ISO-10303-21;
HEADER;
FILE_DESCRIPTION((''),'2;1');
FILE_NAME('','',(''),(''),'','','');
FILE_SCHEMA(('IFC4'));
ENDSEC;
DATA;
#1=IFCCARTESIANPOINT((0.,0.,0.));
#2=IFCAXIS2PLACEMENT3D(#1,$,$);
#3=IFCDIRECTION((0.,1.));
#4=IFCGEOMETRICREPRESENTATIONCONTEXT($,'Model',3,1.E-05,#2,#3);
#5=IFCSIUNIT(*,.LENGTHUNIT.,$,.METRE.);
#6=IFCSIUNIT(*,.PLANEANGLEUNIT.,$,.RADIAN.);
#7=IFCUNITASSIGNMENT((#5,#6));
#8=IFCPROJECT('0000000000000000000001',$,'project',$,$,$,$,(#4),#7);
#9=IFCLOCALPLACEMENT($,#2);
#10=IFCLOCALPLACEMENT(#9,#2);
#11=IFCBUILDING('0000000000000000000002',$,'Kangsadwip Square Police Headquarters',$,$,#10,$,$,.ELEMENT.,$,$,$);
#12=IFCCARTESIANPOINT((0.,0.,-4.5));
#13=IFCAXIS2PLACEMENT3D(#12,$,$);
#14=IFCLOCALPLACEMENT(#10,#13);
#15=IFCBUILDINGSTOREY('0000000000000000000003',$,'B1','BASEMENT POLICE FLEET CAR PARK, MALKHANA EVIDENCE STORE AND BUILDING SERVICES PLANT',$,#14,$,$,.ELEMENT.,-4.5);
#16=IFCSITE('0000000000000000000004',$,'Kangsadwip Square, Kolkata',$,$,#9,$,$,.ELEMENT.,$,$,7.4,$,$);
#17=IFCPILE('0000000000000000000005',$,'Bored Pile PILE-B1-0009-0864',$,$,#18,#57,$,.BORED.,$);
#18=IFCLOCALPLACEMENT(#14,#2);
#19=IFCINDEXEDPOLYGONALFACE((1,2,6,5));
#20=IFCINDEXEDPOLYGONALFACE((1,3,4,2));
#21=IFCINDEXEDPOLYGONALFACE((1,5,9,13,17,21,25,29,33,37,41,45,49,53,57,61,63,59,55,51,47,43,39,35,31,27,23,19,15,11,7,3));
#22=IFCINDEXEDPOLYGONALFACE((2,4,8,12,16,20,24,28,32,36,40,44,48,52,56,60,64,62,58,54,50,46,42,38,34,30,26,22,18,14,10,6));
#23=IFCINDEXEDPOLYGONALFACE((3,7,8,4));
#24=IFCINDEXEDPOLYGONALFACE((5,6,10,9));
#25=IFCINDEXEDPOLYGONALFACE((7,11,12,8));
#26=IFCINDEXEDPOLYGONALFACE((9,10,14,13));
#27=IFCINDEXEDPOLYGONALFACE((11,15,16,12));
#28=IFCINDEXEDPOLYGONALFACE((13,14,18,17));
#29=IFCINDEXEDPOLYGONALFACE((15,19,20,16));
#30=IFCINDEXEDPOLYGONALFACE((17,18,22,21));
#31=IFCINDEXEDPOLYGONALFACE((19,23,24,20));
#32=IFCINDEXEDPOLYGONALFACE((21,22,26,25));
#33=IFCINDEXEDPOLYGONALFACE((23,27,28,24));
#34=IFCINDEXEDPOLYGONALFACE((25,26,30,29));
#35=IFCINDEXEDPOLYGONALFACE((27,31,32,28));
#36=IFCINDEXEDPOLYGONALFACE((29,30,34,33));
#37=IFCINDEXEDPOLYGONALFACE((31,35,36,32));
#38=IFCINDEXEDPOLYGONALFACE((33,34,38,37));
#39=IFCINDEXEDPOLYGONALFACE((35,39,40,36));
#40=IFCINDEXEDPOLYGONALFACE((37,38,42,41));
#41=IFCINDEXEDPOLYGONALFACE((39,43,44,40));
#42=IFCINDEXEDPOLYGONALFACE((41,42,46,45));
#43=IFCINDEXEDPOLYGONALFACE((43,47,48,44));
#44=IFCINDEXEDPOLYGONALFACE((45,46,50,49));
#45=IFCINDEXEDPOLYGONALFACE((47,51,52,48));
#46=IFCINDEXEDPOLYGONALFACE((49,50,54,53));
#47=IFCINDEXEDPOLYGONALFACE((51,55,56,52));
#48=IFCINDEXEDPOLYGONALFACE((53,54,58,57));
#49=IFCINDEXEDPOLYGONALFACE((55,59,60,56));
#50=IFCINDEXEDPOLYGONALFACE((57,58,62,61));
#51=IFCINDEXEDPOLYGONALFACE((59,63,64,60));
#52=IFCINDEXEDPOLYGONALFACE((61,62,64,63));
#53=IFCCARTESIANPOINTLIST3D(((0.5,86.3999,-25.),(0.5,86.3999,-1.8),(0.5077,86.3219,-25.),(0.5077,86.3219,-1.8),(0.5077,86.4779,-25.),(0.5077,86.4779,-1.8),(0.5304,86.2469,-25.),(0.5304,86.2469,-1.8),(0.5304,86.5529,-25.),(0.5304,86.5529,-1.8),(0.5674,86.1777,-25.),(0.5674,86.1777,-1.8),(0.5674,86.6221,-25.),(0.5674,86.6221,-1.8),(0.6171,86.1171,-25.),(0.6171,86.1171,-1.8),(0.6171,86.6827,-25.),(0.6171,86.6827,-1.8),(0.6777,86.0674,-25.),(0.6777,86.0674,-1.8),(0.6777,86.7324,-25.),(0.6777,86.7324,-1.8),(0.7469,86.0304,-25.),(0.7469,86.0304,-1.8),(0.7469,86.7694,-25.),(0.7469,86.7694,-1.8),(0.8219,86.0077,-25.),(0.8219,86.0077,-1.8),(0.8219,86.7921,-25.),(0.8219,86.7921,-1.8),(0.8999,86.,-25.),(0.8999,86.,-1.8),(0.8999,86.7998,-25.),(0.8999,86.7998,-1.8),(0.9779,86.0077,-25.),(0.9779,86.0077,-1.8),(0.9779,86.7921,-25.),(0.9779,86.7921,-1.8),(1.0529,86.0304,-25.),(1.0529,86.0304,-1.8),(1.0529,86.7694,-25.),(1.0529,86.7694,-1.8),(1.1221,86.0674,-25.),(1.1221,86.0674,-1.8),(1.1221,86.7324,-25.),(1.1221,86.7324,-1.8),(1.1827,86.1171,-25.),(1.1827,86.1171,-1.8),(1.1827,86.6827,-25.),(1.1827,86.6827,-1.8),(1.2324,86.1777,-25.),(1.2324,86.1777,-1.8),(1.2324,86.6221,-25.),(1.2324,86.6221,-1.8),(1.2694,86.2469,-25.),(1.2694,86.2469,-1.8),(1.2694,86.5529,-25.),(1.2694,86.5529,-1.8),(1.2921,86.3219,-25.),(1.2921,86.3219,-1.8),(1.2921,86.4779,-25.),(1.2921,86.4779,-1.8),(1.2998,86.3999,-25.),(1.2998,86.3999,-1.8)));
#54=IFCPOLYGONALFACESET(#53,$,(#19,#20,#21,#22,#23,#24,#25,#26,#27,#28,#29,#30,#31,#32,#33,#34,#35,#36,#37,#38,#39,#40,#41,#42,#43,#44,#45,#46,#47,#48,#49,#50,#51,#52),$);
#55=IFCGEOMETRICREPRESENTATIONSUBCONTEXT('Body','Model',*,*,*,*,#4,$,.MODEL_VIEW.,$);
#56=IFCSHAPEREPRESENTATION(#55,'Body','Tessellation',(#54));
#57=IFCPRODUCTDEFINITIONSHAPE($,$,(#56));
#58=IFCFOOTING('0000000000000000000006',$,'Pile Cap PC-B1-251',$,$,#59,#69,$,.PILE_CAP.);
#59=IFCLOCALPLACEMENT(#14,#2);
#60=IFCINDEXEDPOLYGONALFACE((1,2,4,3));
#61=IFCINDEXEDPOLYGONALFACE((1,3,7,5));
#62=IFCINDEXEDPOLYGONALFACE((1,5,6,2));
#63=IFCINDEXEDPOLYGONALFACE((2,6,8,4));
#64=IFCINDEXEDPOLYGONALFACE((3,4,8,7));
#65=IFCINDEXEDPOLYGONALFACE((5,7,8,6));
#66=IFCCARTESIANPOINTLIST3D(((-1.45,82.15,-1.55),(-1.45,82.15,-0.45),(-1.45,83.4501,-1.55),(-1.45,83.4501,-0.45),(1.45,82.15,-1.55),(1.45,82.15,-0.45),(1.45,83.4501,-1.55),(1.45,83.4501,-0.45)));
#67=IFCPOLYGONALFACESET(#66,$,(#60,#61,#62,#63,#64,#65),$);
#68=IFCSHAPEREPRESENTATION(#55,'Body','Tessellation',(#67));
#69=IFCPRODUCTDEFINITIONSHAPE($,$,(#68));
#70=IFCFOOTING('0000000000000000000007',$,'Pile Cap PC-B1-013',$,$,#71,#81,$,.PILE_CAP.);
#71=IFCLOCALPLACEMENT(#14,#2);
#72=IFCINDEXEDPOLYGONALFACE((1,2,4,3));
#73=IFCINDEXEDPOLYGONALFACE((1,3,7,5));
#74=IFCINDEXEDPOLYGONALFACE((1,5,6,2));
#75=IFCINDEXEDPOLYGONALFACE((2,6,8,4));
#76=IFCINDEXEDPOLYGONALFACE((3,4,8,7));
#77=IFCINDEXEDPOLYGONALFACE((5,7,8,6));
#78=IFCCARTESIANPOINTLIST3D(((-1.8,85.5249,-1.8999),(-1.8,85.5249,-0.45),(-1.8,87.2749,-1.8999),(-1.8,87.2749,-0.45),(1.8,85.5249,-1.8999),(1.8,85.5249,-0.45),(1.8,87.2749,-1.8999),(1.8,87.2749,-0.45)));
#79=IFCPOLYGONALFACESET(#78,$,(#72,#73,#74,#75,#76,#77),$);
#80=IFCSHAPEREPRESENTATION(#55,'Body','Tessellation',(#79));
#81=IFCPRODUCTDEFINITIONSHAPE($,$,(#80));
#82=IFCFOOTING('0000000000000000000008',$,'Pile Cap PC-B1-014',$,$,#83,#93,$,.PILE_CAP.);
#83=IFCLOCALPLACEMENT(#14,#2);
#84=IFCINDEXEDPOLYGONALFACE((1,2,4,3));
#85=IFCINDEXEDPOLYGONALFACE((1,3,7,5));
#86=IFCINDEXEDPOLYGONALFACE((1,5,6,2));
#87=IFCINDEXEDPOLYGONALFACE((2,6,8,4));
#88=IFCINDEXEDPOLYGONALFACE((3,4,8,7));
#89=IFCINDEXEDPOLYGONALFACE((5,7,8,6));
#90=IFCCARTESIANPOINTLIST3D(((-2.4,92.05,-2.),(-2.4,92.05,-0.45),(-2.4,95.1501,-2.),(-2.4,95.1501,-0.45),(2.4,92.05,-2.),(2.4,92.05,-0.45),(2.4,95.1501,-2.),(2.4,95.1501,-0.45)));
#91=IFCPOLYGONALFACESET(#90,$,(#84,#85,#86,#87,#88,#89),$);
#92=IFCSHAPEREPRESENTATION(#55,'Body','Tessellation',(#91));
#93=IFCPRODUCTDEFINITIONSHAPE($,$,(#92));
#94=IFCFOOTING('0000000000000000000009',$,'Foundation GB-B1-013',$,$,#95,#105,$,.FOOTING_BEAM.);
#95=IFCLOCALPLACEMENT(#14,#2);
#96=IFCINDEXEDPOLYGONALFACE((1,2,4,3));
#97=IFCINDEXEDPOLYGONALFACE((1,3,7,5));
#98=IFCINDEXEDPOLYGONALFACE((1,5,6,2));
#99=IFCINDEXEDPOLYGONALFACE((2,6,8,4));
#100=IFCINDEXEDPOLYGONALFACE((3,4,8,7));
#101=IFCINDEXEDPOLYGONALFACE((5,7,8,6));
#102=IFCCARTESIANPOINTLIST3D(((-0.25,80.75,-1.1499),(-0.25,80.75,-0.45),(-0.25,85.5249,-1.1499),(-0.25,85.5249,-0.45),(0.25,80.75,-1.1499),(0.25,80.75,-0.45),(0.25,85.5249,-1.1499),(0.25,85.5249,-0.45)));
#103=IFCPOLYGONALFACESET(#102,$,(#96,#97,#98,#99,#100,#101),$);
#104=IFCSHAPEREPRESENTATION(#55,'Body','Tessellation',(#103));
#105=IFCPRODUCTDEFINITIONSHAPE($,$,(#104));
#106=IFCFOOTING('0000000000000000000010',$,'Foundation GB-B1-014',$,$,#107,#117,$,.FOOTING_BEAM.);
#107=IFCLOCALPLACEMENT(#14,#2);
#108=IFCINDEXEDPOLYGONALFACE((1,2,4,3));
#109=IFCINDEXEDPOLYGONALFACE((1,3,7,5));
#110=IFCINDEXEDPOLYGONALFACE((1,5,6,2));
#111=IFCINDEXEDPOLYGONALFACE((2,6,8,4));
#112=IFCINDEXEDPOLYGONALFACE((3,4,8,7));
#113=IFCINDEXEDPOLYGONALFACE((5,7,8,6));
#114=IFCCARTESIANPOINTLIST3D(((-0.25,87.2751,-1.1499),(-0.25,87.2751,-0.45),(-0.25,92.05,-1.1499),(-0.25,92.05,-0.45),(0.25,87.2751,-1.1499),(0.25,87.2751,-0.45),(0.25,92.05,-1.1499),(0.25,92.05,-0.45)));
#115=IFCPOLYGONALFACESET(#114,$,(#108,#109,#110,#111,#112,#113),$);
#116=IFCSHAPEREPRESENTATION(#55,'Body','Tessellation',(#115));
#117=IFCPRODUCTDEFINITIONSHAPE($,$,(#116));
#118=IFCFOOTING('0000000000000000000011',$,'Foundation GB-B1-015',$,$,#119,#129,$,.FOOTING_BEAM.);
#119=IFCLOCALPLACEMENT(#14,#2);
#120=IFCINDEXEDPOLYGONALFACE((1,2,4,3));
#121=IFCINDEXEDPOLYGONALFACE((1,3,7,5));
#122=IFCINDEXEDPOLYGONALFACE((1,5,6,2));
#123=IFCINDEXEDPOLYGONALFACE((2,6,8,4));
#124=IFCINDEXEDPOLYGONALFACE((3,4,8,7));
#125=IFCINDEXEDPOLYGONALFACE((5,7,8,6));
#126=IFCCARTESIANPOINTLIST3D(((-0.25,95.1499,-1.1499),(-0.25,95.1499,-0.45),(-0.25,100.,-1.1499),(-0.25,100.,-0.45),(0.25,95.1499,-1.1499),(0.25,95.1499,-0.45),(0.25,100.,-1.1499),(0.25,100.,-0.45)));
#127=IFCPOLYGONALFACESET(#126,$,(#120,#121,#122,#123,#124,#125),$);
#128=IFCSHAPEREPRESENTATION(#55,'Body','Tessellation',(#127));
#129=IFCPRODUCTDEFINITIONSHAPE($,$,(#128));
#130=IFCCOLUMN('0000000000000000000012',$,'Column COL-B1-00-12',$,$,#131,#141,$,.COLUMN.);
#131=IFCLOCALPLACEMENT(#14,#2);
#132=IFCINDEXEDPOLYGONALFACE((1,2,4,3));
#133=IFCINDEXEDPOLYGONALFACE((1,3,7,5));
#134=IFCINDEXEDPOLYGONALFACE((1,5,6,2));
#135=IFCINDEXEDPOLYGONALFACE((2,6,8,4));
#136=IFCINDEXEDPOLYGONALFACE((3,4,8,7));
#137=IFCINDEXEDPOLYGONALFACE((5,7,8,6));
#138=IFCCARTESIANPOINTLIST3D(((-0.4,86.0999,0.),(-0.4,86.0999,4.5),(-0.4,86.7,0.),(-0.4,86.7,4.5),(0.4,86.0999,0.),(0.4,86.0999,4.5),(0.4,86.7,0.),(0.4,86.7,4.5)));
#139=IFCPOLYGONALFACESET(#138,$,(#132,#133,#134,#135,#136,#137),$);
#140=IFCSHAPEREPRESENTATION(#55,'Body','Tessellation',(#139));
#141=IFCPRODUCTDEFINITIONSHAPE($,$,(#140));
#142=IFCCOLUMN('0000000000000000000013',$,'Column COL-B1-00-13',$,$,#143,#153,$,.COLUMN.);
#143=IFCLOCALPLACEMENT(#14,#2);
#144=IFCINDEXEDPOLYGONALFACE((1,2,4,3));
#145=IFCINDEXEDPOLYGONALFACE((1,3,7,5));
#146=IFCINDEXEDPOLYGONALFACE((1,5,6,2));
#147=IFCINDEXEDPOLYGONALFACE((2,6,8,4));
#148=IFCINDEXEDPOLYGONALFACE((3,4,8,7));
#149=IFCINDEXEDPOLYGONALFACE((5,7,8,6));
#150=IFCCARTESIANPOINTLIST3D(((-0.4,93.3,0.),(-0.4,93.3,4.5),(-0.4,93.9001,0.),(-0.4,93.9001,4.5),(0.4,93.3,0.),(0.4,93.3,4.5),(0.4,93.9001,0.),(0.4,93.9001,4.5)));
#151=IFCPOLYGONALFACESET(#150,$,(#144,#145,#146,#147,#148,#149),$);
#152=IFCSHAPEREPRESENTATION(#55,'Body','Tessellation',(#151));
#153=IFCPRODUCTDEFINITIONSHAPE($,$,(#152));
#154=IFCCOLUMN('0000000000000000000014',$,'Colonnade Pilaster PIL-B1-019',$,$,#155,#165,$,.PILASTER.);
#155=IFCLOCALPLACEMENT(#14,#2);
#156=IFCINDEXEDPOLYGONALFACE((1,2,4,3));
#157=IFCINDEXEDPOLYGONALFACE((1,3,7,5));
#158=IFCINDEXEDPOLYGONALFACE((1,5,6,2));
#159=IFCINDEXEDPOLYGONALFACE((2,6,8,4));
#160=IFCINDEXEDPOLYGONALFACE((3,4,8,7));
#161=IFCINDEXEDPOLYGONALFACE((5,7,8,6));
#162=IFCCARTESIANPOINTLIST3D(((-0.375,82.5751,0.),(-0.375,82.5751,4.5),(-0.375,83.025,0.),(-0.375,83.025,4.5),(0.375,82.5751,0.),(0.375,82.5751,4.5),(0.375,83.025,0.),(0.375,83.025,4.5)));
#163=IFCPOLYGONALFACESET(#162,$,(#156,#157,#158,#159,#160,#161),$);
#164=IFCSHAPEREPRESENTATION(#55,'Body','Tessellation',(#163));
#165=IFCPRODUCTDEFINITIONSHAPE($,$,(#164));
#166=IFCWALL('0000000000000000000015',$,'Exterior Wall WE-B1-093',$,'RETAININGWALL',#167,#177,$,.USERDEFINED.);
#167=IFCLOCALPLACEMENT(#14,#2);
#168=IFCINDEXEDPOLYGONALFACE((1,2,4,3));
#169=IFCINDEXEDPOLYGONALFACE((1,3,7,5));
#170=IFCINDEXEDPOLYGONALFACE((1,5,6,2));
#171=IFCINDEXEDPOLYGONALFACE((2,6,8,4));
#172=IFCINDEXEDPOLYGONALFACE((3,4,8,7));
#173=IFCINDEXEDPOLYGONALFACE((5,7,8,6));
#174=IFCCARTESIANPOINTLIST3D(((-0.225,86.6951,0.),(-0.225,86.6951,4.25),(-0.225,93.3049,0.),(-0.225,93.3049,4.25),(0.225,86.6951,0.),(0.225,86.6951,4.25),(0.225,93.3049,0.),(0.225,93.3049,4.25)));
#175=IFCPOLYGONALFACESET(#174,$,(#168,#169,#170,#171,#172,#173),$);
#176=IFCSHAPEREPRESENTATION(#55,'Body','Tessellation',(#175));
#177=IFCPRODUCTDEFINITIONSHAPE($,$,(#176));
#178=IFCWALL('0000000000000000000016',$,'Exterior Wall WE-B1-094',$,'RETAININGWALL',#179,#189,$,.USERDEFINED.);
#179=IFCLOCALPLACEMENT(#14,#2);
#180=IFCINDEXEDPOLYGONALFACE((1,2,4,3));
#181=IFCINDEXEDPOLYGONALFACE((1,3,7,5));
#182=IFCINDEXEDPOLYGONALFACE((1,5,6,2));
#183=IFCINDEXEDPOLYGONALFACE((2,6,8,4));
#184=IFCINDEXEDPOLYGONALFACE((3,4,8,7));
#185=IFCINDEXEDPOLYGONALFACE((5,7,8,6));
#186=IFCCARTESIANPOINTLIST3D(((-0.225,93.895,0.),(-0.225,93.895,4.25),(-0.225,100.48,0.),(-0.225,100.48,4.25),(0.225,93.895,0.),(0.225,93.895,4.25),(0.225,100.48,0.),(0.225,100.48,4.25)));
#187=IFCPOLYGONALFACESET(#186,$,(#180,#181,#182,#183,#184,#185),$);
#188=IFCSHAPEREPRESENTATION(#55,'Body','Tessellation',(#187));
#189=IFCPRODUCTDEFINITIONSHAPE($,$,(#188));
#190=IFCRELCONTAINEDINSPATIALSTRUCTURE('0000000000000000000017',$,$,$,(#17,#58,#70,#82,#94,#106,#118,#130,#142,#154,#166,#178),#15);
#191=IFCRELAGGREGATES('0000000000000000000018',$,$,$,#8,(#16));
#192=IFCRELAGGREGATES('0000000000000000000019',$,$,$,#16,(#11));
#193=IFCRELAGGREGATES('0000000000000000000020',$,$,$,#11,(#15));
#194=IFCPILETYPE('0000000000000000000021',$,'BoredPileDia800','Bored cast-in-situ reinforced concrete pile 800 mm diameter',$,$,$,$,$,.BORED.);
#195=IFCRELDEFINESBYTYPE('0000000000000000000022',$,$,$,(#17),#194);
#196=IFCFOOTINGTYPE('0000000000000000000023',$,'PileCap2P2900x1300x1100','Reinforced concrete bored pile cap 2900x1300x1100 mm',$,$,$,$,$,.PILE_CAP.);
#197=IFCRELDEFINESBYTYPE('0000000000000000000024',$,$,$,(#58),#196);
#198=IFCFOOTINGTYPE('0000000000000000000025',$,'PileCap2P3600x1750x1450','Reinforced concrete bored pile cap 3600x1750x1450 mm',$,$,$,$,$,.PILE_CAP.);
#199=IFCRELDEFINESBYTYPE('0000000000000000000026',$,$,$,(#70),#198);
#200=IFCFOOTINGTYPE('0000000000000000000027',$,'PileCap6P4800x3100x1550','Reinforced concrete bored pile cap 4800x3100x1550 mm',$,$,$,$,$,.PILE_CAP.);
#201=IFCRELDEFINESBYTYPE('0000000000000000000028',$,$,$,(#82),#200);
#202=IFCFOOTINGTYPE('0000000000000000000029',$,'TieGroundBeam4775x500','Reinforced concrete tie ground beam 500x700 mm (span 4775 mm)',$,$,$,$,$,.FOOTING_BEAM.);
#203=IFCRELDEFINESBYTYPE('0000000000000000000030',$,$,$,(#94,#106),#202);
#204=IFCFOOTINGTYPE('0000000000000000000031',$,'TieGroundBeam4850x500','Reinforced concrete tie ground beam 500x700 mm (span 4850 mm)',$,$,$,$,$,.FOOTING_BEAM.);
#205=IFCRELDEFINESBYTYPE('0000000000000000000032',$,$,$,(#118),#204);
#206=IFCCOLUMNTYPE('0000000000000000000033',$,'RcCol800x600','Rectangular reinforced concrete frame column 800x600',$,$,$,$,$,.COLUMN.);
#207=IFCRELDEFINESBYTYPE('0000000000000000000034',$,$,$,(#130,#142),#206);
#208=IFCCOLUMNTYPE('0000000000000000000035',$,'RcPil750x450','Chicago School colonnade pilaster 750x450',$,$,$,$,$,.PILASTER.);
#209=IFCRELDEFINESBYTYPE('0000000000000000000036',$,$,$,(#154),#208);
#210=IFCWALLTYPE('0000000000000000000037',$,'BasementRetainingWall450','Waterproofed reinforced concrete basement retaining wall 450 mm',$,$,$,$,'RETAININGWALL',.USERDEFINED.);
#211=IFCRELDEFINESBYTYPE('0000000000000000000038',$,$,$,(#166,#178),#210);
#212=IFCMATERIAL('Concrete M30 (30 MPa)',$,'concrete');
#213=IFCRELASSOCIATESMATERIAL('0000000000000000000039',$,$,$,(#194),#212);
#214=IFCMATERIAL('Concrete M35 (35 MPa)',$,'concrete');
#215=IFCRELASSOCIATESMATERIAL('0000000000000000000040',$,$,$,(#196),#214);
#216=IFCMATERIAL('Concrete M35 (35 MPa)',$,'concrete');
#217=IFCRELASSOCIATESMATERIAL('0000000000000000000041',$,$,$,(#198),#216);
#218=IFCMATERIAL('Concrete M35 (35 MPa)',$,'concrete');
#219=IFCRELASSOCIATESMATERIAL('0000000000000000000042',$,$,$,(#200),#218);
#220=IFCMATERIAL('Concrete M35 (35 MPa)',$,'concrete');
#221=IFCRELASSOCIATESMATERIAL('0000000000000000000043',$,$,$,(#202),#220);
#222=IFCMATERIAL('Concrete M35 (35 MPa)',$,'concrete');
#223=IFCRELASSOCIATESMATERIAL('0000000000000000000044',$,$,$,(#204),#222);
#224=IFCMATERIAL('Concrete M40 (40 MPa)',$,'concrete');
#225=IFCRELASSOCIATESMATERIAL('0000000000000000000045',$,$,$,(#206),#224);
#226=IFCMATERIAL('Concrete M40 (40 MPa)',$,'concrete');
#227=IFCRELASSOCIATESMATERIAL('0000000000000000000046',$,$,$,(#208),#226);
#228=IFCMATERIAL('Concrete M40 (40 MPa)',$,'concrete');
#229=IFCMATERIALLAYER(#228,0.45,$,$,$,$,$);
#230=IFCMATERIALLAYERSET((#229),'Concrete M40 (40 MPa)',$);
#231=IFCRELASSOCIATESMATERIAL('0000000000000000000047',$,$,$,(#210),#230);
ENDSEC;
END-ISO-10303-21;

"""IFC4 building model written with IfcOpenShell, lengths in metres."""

from ifc_helpers import new_model, si_unit, direction, frame, frame_2d, origin, origin_2d, place, context, subcontext, project, spatial, rectangle, circle, extrude, material, layer, layer_set, material_profile, profile_set, type_object, element, save


model = new_model("IFC4")

# Units and contexts
model_context = context("Model", 3, precision=1e-05, world=origin(), true_north=direction((0.0, 1.0)))
body_context = subcontext(model_context, "Body", "Model", "MODEL_VIEW")
ifc_project = project(units=[si_unit("LENGTHUNIT", "METRE"), si_unit("PLANEANGLEUNIT", "RADIAN")], contexts=[model_context])

# Site, building, storey
site_placement = place(None, origin())
site = spatial("IfcSite", under=ifc_project, at=site_placement, Name="Kangsadwip Square, Kolkata", CompositionType="ELEMENT", RefElevation=7.4)
building_placement = place(site_placement, origin())
building = spatial("IfcBuilding", under=site, at=building_placement, Name="Kangsadwip Square Police Headquarters", CompositionType="ELEMENT")
storey_placement = place(building_placement, frame((0.0, 0.0, -4.5)))
storey = spatial("IfcBuildingStorey", under=building, at=storey_placement, Name="B1", Description="BASEMENT POLICE FLEET CAR PARK, MALKHANA EVIDENCE STORE AND BUILDING SERVICES PLANT", CompositionType="ELEMENT", Elevation=-4.5)

# Pile
ifc_material_1 = material(Name="Concrete M30 (30 MPa)", Category="concrete")
ifc_material_profile_1 = material_profile(ifc_material_1, circle(Radius=0.3999, at=origin_2d()), Name="PILE DIA 800")
ifc_profile_set_1 = profile_set([ifc_material_profile_1], Name="Concrete M30 (30 MPa)")
pile_type_1 = type_object("IfcPileType", Name="BoredPileDia800", Description="Bored cast-in-situ reinforced concrete pile 800 mm diameter", PredefinedType="BORED", material=ifc_profile_set_1)
for number, where, z_axis, x_axis, name in (
    (1, (0.8999, 86.3999, -1.8), (0.0, 0.0, -1.0), (1.0, 0.0, 0.0), "Bored Pile PILE-B1-0009-0864"),
):
    element("IfcPile", number, at=place(storey_placement, frame(where, z_axis=z_axis, x_axis=x_axis)), inside=storey, type_object=pile_type_1, Name=name, PredefinedType="BORED", context=body_context, shape_type="SweptSolid", body=[
        extrude(circle(Radius=0.3999, at=origin_2d()), origin(), (0.0, 0.0, 1.0), 23.2),
    ])

# Footings
ifc_material_2 = material(Name="Concrete M35 (35 MPa)", Category="concrete")
footing_type_1 = type_object("IfcFootingType", Name="PileCap2P2900x1300x1100", Description="Reinforced concrete bored pile cap 2900x1300x1100 mm", PredefinedType="PILE_CAP", material=ifc_material_2)
footing_1_placement = place(storey_placement, frame((0.0, 82.8, -1.55), z_axis=(0.0, 0.0, 1.0), x_axis=(1.0, 0.0, 0.0)))
element("IfcFooting", 2, at=footing_1_placement, inside=storey, type_object=footing_type_1, Name="Pile Cap PC-B1-251", PredefinedType="PILE_CAP", context=body_context, shape_type="SweptSolid", body=[
    extrude(rectangle(XDim=2.8999, YDim=1.3, at=origin_2d()), origin(), (0.0, 0.0, 1.0), 1.1001),
])
ifc_material_3 = material(Name="Concrete M35 (35 MPa)", Category="concrete")
footing_type_2 = type_object("IfcFootingType", Name="PileCap2P3600x1750x1450", Description="Reinforced concrete bored pile cap 3600x1750x1450 mm", PredefinedType="PILE_CAP", material=ifc_material_3)
footing_2_placement = place(storey_placement, frame((0.0, 86.3999, -1.8999), z_axis=(0.0, 0.0, 1.0), x_axis=(1.0, 0.0, 0.0)))
element("IfcFooting", 3, at=footing_2_placement, inside=storey, type_object=footing_type_2, Name="Pile Cap PC-B1-013", PredefinedType="PILE_CAP", context=body_context, shape_type="SweptSolid", body=[
    extrude(rectangle(XDim=3.6001, YDim=1.75, at=origin_2d()), origin(), (0.0, 0.0, 1.0), 1.45),
])
ifc_material_4 = material(Name="Concrete M35 (35 MPa)", Category="concrete")
footing_type_3 = type_object("IfcFootingType", Name="PileCap6P4800x3100x1550", Description="Reinforced concrete bored pile cap 4800x3100x1550 mm", PredefinedType="PILE_CAP", material=ifc_material_4)
footing_3_placement = place(storey_placement, frame((0.0, 93.6001, -2.0), z_axis=(0.0, 0.0, 1.0), x_axis=(1.0, 0.0, 0.0)))
element("IfcFooting", 4, at=footing_3_placement, inside=storey, type_object=footing_type_3, Name="Pile Cap PC-B1-014", PredefinedType="PILE_CAP", context=body_context, shape_type="SweptSolid", body=[
    extrude(rectangle(XDim=4.8, YDim=3.1001, at=origin_2d()), origin(), (0.0, 0.0, 1.0), 1.55),
])
ifc_material_5 = material(Name="Concrete M35 (35 MPa)", Category="concrete")
footing_type_4 = type_object("IfcFootingType", Name="TieGroundBeam4775x500", Description="Reinforced concrete tie ground beam 500x700 mm (span 4775 mm)", PredefinedType="FOOTING_BEAM", material=ifc_material_5)
for number, where, z_axis, x_axis, name in (
    (5, (0.0, 83.1375, -1.1499), (0.0, 0.0, 1.0), (0.0, 1.0, 0.0), "Foundation GB-B1-013"),
    (6, (0.0, 89.6626, -1.1499), (0.0, 0.0, 1.0), (0.0, 1.0, 0.0), "Foundation GB-B1-014"),
):
    element("IfcFooting", number, at=place(storey_placement, frame(where, z_axis=z_axis, x_axis=x_axis)), inside=storey, type_object=footing_type_4, Name=name, PredefinedType="FOOTING_BEAM", context=body_context, shape_type="SweptSolid", body=[
        extrude(rectangle(XDim=4.7749, YDim=0.5, at=origin_2d()), origin(), (0.0, 0.0, 1.0), 0.7),
    ])
ifc_material_6 = material(Name="Concrete M35 (35 MPa)", Category="concrete")
footing_type_5 = type_object("IfcFootingType", Name="TieGroundBeam4850x500", Description="Reinforced concrete tie ground beam 500x700 mm (span 4850 mm)", PredefinedType="FOOTING_BEAM", material=ifc_material_6)
footing_4_placement = place(storey_placement, frame((0.0, 97.575, -1.1499), z_axis=(0.0, 0.0, 1.0), x_axis=(0.0, 1.0, 0.0)))
element("IfcFooting", 7, at=footing_4_placement, inside=storey, type_object=footing_type_5, Name="Foundation GB-B1-015", PredefinedType="FOOTING_BEAM", context=body_context, shape_type="SweptSolid", body=[
    extrude(rectangle(XDim=4.8501, YDim=0.5, at=origin_2d()), origin(), (0.0, 0.0, 1.0), 0.7),
])

# Columns
ifc_material_7 = material(Name="Concrete M40 (40 MPa)", Category="concrete")
ifc_material_profile_2 = material_profile(ifc_material_7, rectangle(XDim=0.6001, YDim=0.8, at=origin_2d()), Name="RC COL 800X600")
ifc_profile_set_2 = profile_set([ifc_material_profile_2], Name="Concrete M40 (40 MPa)")
column_type_1 = type_object("IfcColumnType", Name="RcCol800x600", Description="Rectangular reinforced concrete frame column 800x600", PredefinedType="COLUMN", material=ifc_profile_set_2)
for number, where, z_axis, x_axis, name in (
    (8, (0.0, 86.3999, 0.0), (0.0, 0.0, 1.0), (0.0, 1.0, 0.0), "Column COL-B1-00-12"),
    (9, (0.0, 93.6001, 0.0), (0.0, 0.0, 1.0), (0.0, 1.0, 0.0), "Column COL-B1-00-13"),
):
    element("IfcColumn", number, at=place(storey_placement, frame(where, z_axis=z_axis, x_axis=x_axis)), inside=storey, type_object=column_type_1, Name=name, PredefinedType="COLUMN", context=body_context, shape_type="SweptSolid", body=[
        extrude(rectangle(XDim=0.6001, YDim=0.8, at=origin_2d()), origin(), (0.0, 0.0, 1.0), 4.5),
    ])
ifc_material_8 = material(Name="Concrete M40 (40 MPa)", Category="concrete")
ifc_material_profile_3 = material_profile(ifc_material_8, rectangle(XDim=0.45, YDim=0.75, at=origin_2d()), Name="RC PIL 750X450")
ifc_profile_set_3 = profile_set([ifc_material_profile_3], Name="Concrete M40 (40 MPa)")
column_type_2 = type_object("IfcColumnType", Name="RcPil750x450", Description="Chicago School colonnade pilaster 750x450", PredefinedType="PILASTER", material=ifc_profile_set_3)
column_placement = place(storey_placement, frame((0.0, 82.8, 0.0), z_axis=(0.0, 0.0, 1.0), x_axis=(0.0, 1.0, 0.0)))
element("IfcColumn", 10, at=column_placement, inside=storey, type_object=column_type_2, Name="Colonnade Pilaster PIL-B1-019", PredefinedType="PILASTER", context=body_context, shape_type="SweptSolid", body=[
    extrude(rectangle(XDim=0.45, YDim=0.75, at=origin_2d()), origin(), (0.0, 0.0, 1.0), 4.5),
])

# Walls
ifc_material_9 = material(Name="Concrete M40 (40 MPa)", Category="concrete")
ifc_layer = layer(ifc_material_9, 0.45)
ifc_layer_set = layer_set([ifc_layer], Name="Concrete M40 (40 MPa)")
wall_type = type_object("IfcWallType", Name="BasementRetainingWall450", Description="Waterproofed reinforced concrete basement retaining wall 450 mm", ElementType="RETAININGWALL", PredefinedType="USERDEFINED", material=ifc_layer_set)
wall_1_placement = place(storey_placement, frame((0.0, 86.6951, 0.0), z_axis=(0.0, 0.0, 1.0), x_axis=(0.0, 1.0, 0.0)))
element("IfcWall", 11, at=wall_1_placement, inside=storey, type_object=wall_type, Name="Exterior Wall WE-B1-093", ObjectType="RETAININGWALL", PredefinedType="USERDEFINED", context=body_context, shape_type="SweptSolid", body=[
    extrude(rectangle(XDim=6.6099, YDim=0.45, at=frame_2d((3.3049, 0.0))), origin(), (0.0, 0.0, 1.0), 4.25),
])
wall_2_placement = place(storey_placement, frame((0.0, 93.895, 0.0), z_axis=(0.0, 0.0, 1.0), x_axis=(0.0, 1.0, 0.0)))
element("IfcWall", 12, at=wall_2_placement, inside=storey, type_object=wall_type, Name="Exterior Wall WE-B1-094", ObjectType="RETAININGWALL", PredefinedType="USERDEFINED", context=body_context, shape_type="SweptSolid", body=[
    extrude(rectangle(XDim=6.585, YDim=0.45, at=frame_2d((3.2925, 0.0))), origin(), (0.0, 0.0, 1.0), 4.25),
])

save(model, "model.ifc")
